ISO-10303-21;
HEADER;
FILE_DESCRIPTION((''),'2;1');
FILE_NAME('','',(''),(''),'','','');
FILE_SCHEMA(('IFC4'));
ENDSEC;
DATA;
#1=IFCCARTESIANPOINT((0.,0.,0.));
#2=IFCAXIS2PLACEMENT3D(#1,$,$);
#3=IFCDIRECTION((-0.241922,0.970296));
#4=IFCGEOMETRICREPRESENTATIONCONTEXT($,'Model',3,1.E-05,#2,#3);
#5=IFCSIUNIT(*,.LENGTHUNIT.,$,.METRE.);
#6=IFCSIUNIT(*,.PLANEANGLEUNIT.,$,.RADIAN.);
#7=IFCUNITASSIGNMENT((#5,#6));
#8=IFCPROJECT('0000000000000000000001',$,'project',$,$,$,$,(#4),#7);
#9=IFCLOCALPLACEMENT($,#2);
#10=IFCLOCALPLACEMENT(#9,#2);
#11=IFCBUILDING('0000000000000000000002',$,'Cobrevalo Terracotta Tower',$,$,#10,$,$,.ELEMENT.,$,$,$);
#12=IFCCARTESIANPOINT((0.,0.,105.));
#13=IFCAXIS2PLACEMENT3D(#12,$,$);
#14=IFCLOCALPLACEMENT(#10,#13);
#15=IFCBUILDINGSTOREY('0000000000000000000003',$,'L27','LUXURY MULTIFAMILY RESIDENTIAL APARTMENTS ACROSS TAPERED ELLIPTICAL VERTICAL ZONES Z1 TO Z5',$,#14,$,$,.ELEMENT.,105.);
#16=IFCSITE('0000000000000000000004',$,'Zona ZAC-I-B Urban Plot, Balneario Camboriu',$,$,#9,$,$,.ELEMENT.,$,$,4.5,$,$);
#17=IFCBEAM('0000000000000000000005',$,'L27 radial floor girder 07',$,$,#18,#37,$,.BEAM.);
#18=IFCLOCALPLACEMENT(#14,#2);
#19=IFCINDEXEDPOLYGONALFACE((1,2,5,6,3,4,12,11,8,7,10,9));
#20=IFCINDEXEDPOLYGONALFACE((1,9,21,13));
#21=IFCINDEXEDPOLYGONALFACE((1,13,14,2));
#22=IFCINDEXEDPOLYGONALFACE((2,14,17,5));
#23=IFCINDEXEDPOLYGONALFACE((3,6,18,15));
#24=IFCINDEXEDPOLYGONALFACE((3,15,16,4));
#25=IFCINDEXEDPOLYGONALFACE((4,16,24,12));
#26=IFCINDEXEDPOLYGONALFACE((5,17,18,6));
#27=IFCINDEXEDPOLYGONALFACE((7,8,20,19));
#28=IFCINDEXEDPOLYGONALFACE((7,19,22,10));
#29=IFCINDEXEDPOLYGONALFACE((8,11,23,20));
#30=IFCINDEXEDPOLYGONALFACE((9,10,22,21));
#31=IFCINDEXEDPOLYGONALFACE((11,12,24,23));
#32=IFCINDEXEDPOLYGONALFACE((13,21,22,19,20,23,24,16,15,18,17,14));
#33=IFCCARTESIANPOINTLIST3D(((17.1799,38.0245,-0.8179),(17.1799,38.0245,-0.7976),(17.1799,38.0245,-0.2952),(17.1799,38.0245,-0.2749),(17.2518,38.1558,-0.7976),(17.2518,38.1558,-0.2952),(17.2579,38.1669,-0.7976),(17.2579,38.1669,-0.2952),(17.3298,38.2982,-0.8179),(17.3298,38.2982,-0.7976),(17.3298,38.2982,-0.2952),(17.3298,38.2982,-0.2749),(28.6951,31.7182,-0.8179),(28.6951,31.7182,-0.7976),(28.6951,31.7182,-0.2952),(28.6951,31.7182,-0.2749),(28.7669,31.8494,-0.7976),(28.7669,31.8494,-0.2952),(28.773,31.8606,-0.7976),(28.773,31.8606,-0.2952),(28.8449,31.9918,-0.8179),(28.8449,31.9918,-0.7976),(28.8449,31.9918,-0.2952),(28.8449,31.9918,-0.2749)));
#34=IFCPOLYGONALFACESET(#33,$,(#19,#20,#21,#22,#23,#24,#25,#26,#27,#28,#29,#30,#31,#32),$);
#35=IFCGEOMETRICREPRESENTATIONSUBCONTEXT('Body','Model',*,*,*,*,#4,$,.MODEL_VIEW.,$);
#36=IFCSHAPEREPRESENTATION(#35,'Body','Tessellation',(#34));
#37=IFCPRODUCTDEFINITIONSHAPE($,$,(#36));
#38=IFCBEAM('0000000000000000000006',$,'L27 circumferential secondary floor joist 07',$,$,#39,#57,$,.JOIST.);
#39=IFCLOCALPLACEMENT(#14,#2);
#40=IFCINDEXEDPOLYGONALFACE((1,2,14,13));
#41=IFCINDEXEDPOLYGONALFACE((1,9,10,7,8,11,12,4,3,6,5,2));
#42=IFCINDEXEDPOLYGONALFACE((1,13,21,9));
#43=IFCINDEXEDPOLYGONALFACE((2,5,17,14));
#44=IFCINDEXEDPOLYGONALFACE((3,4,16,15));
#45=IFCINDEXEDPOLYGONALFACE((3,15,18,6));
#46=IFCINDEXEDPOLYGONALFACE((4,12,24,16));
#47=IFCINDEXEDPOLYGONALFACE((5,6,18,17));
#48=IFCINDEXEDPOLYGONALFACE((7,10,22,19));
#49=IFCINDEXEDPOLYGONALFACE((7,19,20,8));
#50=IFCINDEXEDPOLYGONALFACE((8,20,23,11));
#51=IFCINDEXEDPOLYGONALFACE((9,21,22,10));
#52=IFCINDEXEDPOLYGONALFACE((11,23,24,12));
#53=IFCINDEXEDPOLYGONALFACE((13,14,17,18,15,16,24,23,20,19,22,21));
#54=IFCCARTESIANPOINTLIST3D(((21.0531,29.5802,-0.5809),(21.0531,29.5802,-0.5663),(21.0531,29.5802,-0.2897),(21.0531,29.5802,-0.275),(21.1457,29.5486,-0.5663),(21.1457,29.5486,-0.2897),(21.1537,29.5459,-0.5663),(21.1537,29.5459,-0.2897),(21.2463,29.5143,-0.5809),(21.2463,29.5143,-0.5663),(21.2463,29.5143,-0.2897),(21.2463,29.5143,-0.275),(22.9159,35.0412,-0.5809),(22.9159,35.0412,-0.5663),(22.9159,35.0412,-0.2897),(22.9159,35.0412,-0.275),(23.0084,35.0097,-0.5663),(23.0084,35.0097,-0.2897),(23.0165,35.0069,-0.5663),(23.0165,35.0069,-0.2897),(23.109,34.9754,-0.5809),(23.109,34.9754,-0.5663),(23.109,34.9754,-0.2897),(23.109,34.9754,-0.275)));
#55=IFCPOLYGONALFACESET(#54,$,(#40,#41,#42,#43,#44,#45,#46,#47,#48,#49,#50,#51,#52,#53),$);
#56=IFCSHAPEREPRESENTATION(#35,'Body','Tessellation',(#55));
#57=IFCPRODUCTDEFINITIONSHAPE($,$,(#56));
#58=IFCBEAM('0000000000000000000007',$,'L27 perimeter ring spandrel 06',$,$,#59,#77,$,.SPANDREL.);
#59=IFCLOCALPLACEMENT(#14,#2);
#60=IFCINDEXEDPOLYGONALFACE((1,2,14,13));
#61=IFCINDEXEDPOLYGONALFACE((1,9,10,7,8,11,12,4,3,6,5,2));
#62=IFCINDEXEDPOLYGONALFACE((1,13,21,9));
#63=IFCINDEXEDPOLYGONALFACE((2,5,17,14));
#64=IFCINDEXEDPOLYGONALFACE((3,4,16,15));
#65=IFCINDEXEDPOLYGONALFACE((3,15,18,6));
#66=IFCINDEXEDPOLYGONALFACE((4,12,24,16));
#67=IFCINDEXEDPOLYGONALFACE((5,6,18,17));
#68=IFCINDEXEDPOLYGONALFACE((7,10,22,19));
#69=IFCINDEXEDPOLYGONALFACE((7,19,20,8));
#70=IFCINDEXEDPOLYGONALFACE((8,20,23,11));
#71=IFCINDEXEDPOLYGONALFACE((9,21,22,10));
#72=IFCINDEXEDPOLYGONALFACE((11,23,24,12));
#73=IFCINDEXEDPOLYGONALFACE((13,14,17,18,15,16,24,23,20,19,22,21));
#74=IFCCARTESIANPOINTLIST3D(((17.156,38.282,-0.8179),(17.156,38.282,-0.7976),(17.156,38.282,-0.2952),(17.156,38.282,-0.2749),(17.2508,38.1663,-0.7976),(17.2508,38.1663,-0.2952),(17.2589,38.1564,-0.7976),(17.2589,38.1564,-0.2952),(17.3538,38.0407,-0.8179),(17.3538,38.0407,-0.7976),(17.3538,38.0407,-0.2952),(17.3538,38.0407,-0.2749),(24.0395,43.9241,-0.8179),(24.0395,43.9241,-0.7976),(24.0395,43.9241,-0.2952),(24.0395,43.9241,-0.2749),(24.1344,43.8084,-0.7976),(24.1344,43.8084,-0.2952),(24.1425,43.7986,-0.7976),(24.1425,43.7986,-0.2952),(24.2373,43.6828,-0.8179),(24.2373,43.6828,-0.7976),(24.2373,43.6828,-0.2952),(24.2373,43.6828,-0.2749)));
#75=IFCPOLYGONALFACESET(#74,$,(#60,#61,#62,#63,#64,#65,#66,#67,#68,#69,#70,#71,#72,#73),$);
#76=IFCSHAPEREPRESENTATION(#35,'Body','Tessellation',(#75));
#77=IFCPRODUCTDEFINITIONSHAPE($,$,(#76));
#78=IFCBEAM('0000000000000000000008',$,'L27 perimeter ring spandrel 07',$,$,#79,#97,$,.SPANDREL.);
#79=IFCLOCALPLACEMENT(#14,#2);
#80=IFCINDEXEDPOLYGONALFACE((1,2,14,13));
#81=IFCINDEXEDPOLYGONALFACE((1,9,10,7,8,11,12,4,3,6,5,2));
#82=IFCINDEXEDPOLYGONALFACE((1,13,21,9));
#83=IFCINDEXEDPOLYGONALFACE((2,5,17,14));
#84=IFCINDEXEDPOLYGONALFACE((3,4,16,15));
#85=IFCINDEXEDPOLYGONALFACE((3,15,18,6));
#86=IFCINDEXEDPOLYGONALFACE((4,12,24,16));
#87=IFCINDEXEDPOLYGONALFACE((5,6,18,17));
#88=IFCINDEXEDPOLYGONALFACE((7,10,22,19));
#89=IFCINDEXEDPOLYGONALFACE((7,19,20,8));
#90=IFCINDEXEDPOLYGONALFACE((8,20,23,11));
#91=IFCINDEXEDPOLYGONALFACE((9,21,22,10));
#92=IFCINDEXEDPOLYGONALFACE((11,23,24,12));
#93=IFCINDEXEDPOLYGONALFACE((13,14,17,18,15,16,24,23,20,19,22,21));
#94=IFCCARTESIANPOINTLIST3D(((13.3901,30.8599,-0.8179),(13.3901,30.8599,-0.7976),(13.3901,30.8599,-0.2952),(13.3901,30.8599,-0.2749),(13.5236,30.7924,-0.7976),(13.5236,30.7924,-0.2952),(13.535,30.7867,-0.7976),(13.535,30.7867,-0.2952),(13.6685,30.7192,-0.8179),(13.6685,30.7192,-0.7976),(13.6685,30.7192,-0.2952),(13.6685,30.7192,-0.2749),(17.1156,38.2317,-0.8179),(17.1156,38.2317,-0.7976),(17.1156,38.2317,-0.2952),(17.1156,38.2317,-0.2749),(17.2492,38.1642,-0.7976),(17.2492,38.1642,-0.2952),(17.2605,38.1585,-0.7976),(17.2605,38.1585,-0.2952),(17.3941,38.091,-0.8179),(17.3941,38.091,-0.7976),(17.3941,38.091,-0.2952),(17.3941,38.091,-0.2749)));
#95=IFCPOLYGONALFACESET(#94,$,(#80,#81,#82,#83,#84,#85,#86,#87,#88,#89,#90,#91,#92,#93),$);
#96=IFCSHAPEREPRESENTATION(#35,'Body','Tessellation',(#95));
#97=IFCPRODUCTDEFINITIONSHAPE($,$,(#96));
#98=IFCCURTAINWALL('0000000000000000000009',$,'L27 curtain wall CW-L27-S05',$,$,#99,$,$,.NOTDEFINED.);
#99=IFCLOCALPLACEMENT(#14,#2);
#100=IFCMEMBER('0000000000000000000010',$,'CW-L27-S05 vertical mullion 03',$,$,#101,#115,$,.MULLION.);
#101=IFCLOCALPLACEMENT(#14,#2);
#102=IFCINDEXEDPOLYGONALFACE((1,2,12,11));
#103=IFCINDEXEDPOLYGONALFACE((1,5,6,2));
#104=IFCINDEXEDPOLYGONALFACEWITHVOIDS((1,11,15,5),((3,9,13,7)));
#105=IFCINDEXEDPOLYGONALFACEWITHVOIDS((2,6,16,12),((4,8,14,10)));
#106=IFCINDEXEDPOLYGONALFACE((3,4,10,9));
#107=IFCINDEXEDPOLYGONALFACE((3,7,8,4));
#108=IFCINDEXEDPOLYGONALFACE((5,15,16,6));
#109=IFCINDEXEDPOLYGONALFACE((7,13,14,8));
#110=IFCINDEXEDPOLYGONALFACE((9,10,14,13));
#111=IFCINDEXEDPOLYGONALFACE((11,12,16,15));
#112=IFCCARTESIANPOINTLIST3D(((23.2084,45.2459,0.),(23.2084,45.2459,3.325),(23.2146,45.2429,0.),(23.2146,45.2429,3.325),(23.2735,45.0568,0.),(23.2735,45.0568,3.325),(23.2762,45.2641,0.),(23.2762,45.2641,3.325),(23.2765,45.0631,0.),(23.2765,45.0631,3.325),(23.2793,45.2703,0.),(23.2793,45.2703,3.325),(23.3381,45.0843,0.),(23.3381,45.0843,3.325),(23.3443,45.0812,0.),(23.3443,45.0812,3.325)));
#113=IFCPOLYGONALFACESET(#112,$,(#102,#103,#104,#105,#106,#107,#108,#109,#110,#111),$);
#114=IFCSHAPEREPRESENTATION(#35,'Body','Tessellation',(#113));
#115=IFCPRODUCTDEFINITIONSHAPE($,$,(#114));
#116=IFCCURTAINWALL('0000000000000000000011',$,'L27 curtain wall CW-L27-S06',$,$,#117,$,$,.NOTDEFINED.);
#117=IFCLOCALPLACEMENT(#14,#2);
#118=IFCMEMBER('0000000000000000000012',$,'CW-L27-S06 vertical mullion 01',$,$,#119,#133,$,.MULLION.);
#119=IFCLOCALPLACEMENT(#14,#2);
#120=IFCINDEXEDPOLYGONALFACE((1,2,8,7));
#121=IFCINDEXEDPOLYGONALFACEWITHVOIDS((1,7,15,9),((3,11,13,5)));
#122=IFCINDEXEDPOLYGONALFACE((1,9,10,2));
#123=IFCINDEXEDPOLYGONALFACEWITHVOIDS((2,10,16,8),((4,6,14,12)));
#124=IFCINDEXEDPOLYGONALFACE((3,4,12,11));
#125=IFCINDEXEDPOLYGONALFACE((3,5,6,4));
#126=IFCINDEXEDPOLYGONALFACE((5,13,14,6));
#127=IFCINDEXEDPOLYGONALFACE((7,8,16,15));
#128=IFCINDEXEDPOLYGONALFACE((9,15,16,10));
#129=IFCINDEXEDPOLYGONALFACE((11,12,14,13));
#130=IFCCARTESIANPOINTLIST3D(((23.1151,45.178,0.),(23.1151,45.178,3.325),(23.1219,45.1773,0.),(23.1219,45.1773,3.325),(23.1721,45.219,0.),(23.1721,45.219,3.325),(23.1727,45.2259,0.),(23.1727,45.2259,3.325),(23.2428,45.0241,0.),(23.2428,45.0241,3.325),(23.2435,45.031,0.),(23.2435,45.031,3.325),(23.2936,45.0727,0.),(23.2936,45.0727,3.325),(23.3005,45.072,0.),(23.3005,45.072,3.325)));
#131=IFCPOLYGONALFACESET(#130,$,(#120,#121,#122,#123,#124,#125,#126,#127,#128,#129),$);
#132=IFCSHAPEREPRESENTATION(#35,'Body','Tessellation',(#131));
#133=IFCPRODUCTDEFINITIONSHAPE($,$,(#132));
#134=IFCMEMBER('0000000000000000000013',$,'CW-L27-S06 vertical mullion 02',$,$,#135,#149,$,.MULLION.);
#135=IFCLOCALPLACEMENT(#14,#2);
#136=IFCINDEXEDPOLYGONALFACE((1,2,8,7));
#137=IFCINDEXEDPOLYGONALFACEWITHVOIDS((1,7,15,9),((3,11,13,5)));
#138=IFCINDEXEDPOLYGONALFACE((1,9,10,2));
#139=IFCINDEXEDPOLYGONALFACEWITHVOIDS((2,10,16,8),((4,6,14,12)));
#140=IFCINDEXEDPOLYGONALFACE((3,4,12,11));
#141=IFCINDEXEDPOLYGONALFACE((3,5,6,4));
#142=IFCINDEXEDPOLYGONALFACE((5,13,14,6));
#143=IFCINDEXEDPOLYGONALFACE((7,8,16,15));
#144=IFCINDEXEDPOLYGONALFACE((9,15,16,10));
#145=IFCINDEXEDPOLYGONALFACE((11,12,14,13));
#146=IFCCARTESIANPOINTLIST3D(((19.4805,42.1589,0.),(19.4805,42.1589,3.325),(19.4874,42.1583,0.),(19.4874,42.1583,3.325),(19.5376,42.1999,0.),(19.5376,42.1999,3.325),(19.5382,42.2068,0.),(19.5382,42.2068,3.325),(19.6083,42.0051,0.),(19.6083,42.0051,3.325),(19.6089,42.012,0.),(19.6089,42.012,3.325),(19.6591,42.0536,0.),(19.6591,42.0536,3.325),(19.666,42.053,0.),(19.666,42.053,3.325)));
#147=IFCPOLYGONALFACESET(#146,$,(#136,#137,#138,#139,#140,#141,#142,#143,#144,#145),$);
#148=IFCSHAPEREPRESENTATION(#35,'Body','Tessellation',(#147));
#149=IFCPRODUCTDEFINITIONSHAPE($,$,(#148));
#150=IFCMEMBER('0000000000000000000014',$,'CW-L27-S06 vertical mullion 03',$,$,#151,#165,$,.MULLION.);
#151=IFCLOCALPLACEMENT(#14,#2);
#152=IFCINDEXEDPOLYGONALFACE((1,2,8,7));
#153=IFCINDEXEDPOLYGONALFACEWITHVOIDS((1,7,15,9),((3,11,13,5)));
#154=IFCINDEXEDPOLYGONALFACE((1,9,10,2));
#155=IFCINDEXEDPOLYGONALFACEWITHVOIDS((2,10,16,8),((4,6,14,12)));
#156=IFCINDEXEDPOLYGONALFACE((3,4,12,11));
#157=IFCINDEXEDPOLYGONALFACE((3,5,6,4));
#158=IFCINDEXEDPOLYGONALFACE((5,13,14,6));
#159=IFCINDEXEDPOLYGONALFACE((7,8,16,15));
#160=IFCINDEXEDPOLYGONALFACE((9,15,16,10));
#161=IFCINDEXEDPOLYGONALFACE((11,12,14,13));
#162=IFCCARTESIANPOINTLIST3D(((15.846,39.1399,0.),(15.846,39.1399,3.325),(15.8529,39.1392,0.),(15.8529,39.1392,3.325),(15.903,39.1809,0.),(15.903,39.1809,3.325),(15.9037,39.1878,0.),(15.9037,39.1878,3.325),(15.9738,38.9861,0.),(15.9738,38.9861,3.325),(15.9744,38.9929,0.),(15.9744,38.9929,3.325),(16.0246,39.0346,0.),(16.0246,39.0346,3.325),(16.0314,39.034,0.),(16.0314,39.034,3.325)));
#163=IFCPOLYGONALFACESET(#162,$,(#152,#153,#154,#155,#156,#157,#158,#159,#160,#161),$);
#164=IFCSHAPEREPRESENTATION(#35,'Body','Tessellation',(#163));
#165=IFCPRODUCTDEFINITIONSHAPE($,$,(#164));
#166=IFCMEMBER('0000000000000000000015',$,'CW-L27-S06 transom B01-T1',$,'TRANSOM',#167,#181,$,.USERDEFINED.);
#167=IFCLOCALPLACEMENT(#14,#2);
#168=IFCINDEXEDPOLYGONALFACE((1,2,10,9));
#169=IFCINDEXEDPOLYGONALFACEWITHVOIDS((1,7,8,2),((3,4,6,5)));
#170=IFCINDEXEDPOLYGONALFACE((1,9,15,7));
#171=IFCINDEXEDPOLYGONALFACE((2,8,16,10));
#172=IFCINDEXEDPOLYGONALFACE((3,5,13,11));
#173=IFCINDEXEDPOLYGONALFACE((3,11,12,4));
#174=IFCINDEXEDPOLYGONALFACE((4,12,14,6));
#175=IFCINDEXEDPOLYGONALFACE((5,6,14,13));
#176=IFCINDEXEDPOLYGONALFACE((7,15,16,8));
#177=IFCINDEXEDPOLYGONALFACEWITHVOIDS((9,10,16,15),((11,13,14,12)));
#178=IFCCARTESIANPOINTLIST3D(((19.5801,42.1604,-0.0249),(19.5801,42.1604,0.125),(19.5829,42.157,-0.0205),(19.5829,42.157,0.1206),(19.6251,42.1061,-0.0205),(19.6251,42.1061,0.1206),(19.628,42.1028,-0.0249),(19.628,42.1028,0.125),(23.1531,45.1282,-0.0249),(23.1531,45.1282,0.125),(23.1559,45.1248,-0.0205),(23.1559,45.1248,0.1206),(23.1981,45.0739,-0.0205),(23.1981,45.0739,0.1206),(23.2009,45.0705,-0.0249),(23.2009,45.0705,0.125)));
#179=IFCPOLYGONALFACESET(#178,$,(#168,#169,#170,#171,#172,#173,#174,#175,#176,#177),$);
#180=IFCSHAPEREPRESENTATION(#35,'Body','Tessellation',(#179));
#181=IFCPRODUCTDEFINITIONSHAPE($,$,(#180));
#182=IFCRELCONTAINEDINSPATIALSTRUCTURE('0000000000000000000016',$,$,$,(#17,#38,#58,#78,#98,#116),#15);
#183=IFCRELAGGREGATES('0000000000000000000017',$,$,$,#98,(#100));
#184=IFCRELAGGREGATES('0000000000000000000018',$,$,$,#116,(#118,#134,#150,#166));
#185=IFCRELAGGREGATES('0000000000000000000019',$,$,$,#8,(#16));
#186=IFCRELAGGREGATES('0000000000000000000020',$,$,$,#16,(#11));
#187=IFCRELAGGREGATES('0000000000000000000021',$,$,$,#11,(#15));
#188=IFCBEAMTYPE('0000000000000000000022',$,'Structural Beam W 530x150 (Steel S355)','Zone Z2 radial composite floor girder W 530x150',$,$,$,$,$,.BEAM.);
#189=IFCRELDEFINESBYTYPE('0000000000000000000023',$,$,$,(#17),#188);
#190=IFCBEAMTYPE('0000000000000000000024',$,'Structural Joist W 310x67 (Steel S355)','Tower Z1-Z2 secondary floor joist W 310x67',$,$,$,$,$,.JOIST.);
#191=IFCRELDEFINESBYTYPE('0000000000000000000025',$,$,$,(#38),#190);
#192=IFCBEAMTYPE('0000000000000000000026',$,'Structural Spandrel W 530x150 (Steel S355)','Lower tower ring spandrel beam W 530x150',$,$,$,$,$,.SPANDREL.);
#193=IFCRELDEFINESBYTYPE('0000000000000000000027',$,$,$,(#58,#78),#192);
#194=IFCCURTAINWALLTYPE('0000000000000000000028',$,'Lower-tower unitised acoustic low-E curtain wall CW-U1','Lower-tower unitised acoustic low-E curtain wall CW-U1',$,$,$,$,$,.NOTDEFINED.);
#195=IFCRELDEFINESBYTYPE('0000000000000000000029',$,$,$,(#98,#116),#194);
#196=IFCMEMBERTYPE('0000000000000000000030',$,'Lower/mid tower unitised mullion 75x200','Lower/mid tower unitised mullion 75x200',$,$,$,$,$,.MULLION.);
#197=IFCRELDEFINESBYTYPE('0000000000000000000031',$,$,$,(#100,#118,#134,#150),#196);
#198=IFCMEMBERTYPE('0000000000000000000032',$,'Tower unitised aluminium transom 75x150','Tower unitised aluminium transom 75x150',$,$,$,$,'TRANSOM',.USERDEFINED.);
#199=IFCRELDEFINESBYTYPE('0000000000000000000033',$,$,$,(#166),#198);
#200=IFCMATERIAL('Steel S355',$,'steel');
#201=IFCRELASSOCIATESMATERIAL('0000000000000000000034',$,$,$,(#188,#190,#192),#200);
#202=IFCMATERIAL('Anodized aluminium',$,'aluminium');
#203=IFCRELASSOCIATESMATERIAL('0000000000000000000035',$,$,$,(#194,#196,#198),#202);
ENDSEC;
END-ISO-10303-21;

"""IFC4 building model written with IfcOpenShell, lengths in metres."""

from ifc_helpers import new_model, si_unit, direction, frame, origin, origin_2d, place, context, subcontext, project, spatial, hollow_rectangle, i_section, extrude, source, transform, mapped, material, material_profile, profile_set, type_object, element, aggregate, save


model = new_model("IFC4")

# Units and contexts
model_context = context("Model", 3, precision=1e-05, world=origin(), true_north=direction((-0.241922, 0.970296)))
body_context = subcontext(model_context, "Body", "Model", "MODEL_VIEW")
ifc_project = project(units=[si_unit("LENGTHUNIT", "METRE"), si_unit("PLANEANGLEUNIT", "RADIAN")], contexts=[model_context])

# Site, building, storey
site_placement = place(None, origin())
site = spatial("IfcSite", under=ifc_project, at=site_placement, Name="Zona ZAC-I-B Urban Plot, Balneario Camboriu", CompositionType="ELEMENT", RefElevation=4.5)
building_placement = place(site_placement, origin())
building = spatial("IfcBuilding", under=site, at=building_placement, Name="Cobrevalo Terracotta Tower", CompositionType="ELEMENT")
storey_placement = place(building_placement, frame((0.0, 0.0, 105.0)))
storey = spatial("IfcBuildingStorey", under=building, at=storey_placement, Name="L27", Description="LUXURY MULTIFAMILY RESIDENTIAL APARTMENTS ACROSS TAPERED ELLIPTICAL VERTICAL ZONES Z1 TO Z5", CompositionType="ELEMENT", Elevation=105.0)

# Shared definitions
ifc_material_1 = material(Name="Steel S355", Category="steel")

# Beams
ifc_material_profile_1 = material_profile(ifc_material_1, i_section(OverallWidth=0.312, OverallDepth=0.543, WebThickness=0.0127, FlangeThickness=0.0203, at=origin_2d()), Name="W 530x150")
ifc_profile_set_1 = profile_set([ifc_material_profile_1], Name="Steel S355")
beam_type_1 = type_object("IfcBeamType", Name="Structural Beam W 530x150 (Steel S355)", Description="Zone Z2 radial composite floor girder W 530x150", PredefinedType="BEAM", material=ifc_profile_set_1)
beam_1_placement = place(storey_placement, frame((17.2549, 38.1614, -0.5464), z_axis=(0.877081, -0.480343, 0.0), x_axis=(0.480343, 0.877081, 0.0)))
element("IfcBeam", 1, at=beam_1_placement, inside=storey, type_object=beam_type_1, Name="L27 radial floor girder 07", PredefinedType="BEAM", context=body_context, shape_type="SweptSolid", body=[
    extrude(i_section(OverallWidth=0.312, OverallDepth=0.543, WebThickness=0.0127, FlangeThickness=0.0203, at=origin_2d()), origin(), (0.0, 0.0, 1.0), 13.1289),
])
ifc_material_profile_2 = material_profile(ifc_material_1, i_section(OverallWidth=0.2041, OverallDepth=0.3059, WebThickness=0.0085, FlangeThickness=0.0146, at=origin_2d()), Name="W 310x67")
ifc_profile_set_2 = profile_set([ifc_material_profile_2], Name="Steel S355")
beam_type_2 = type_object("IfcBeamType", Name="Structural Joist W 310x67 (Steel S355)", Description="Tower Z1-Z2 secondary floor joist W 310x67", PredefinedType="JOIST", material=ifc_profile_set_2)
beam_2_placement = place(storey_placement, frame((23.0125, 35.0083, -0.428), z_axis=(-0.322833, -0.946456, 0.0), x_axis=(0.946456, -0.322833, 0.0)))
element("IfcBeam", 2, at=beam_2_placement, inside=storey, type_object=beam_type_2, Name="L27 circumferential secondary floor joist 07", PredefinedType="JOIST", context=body_context, shape_type="SweptSolid", body=[
    extrude(i_section(OverallWidth=0.2041, OverallDepth=0.3059, WebThickness=0.0085, FlangeThickness=0.0146, at=origin_2d()), origin(), (0.0, 0.0, 1.0), 5.77),
])
ifc_material_profile_3 = material_profile(ifc_material_1, i_section(OverallWidth=0.312, OverallDepth=0.543, WebThickness=0.0127, FlangeThickness=0.0203, at=origin_2d()), Name="W 530x150")
ifc_profile_set_3 = profile_set([ifc_material_profile_3], Name="Steel S355")
beam_type_3 = type_object("IfcBeamType", Name="Structural Spandrel W 530x150 (Steel S355)", Description="Lower tower ring spandrel beam W 530x150", PredefinedType="SPANDREL", material=ifc_profile_set_3)
beam_3_placement = place(storey_placement, frame((24.1384, 43.8035, -0.5464), z_axis=(-0.773401, -0.633917, 0.0), x_axis=(0.633917, -0.773401, 0.0)))
element("IfcBeam", 3, at=beam_3_placement, inside=storey, type_object=beam_type_3, Name="L27 perimeter ring spandrel 06", PredefinedType="SPANDREL", context=body_context, shape_type="SweptSolid", body=[
    extrude(i_section(OverallWidth=0.312, OverallDepth=0.543, WebThickness=0.0127, FlangeThickness=0.0203, at=origin_2d()), origin(), (0.0, 0.0, 1.0), 8.9004),
])
beam_4_placement = place(storey_placement, frame((17.2549, 38.1614, -0.5464), z_axis=(-0.451052, -0.892498, 0.0), x_axis=(0.892498, -0.451052, 0.0)))
element("IfcBeam", 4, at=beam_4_placement, inside=storey, type_object=beam_type_3, Name="L27 perimeter ring spandrel 07", PredefinedType="SPANDREL", context=body_context, shape_type="SweptSolid", body=[
    extrude(i_section(OverallWidth=0.312, OverallDepth=0.543, WebThickness=0.0127, FlangeThickness=0.0203, at=origin_2d()), origin(), (0.0, 0.0, 1.0), 8.2598),
])

# Curtain wall, member
ifc_material_2 = material(Name="Anodized aluminium", Category="aluminium")
curtain_wall_type = type_object("IfcCurtainWallType", Name="Lower-tower unitised acoustic low-E curtain wall CW-U1", Description="Lower-tower unitised acoustic low-E curtain wall CW-U1", PredefinedType="NOTDEFINED", material=ifc_material_2)
curtain_wall_1_placement = place(storey_placement, origin())
curtain_wall_1 = element("IfcCurtainWall", 5, at=curtain_wall_1_placement, inside=storey, type_object=curtain_wall_type, Name="L27 curtain wall CW-L27-S05", PredefinedType="NOTDEFINED")
ifc_material_profile_4 = material_profile(ifc_material_2, hollow_rectangle(XDim=0.075, YDim=0.2, WallThickness=0.0049, at=origin_2d()), Name="CWM 75x200")
ifc_profile_set_4 = profile_set([ifc_material_profile_4], Name="Anodized aluminium")
member_type_1 = type_object("IfcMemberType", Name="Lower/mid tower unitised mullion 75x200", Description="Lower/mid tower unitised mullion 75x200", PredefinedType="MULLION", material=ifc_profile_set_4)
shared_shape_1 = source(origin(), body_context, "Body", "SweptSolid", [
    extrude(hollow_rectangle(XDim=0.075, YDim=0.2, WallThickness=0.0049, at=origin_2d()), origin(), (0.0, 0.0, 1.0), 3.325),
])
member_1_placement = place(storey_placement, frame((23.2764, 45.1636, 0.0), z_axis=(0.0, 0.0, 1.0), x_axis=(-0.945598, -0.325337, 0.0)))
member_1 = element("IfcMember", 6, at=member_1_placement, type_object=member_type_1, Name="CW-L27-S05 vertical mullion 03", PredefinedType="MULLION", context=body_context, shape_type="MappedRepresentation", body=[
    mapped(shared_shape_1, transform((0.0, 0.0, 0.0), scale=1.0)),
])
aggregate(curtain_wall_1, [member_1])

# Curtain wall, members
curtain_wall_2_placement = place(storey_placement, origin())
curtain_wall_2 = element("IfcCurtainWall", 7, at=curtain_wall_2_placement, inside=storey, type_object=curtain_wall_type, Name="L27 curtain wall CW-L27-S06", PredefinedType="NOTDEFINED")
member_2_placement = place(storey_placement, frame((23.2078, 45.125, 0.0), z_axis=(0.0, 0.0, 1.0), x_axis=(-0.769243, -0.638956, 0.0)))
member_2 = element("IfcMember", 8, at=member_2_placement, type_object=member_type_1, Name="CW-L27-S06 vertical mullion 01", PredefinedType="MULLION", context=body_context, shape_type="MappedRepresentation", body=[
    mapped(shared_shape_1, transform((0.0, 0.0, 0.0), scale=1.0)),
])
member_3_placement = place(storey_placement, frame((19.5732, 42.106, 0.0), z_axis=(0.0, 0.0, 1.0), x_axis=(-0.769243, -0.638956, 0.0)))
member_3 = element("IfcMember", 9, at=member_3_placement, type_object=member_type_1, Name="CW-L27-S06 vertical mullion 02", PredefinedType="MULLION", context=body_context, shape_type="MappedRepresentation", body=[
    mapped(shared_shape_1, transform((0.0, 0.0, 0.0), scale=1.0)),
])
member_4_placement = place(storey_placement, frame((15.9387, 39.0869, 0.0), z_axis=(0.0, 0.0, 1.0), x_axis=(-0.769243, -0.638956, 0.0)))
member_4 = element("IfcMember", 10, at=member_4_placement, type_object=member_type_1, Name="CW-L27-S06 vertical mullion 03", PredefinedType="MULLION", context=body_context, shape_type="MappedRepresentation", body=[
    mapped(shared_shape_1, transform((0.0, 0.0, 0.0), scale=1.0)),
])
ifc_material_profile_5 = material_profile(ifc_material_2, hollow_rectangle(XDim=0.075, YDim=0.1499, WallThickness=0.0044, at=origin_2d()), Name="CWT 75x150")
ifc_profile_set_5 = profile_set([ifc_material_profile_5], Name="Anodized aluminium")
member_type_2 = type_object("IfcMemberType", Name="Tower unitised aluminium transom 75x150", Description="Tower unitised aluminium transom 75x150", ElementType="TRANSOM", PredefinedType="USERDEFINED", material=ifc_profile_set_5)
shared_shape_2 = source(origin(), body_context, "Body", "SweptSolid", [
    extrude(hollow_rectangle(XDim=0.075, YDim=0.1499, WallThickness=0.0044, at=origin_2d()), origin(), (0.0, 0.0, 1.0), 4.6448),
])
member_5_placement = place(storey_placement, frame((23.177, 45.0994, 0.05), z_axis=(-0.76925, -0.638948, 0.0), x_axis=(0.638948, -0.76925, 0.0)))
member_5 = element("IfcMember", 11, at=member_5_placement, type_object=member_type_2, Name="CW-L27-S06 transom B01-T1", ObjectType="TRANSOM", PredefinedType="USERDEFINED", context=body_context, shape_type="MappedRepresentation", body=[
    mapped(shared_shape_2, transform((0.0, 0.0, 0.0), scale=1.0)),
])
aggregate(curtain_wall_2, [member_2, member_3, member_4, member_5])

save(model, "model.ifc")
